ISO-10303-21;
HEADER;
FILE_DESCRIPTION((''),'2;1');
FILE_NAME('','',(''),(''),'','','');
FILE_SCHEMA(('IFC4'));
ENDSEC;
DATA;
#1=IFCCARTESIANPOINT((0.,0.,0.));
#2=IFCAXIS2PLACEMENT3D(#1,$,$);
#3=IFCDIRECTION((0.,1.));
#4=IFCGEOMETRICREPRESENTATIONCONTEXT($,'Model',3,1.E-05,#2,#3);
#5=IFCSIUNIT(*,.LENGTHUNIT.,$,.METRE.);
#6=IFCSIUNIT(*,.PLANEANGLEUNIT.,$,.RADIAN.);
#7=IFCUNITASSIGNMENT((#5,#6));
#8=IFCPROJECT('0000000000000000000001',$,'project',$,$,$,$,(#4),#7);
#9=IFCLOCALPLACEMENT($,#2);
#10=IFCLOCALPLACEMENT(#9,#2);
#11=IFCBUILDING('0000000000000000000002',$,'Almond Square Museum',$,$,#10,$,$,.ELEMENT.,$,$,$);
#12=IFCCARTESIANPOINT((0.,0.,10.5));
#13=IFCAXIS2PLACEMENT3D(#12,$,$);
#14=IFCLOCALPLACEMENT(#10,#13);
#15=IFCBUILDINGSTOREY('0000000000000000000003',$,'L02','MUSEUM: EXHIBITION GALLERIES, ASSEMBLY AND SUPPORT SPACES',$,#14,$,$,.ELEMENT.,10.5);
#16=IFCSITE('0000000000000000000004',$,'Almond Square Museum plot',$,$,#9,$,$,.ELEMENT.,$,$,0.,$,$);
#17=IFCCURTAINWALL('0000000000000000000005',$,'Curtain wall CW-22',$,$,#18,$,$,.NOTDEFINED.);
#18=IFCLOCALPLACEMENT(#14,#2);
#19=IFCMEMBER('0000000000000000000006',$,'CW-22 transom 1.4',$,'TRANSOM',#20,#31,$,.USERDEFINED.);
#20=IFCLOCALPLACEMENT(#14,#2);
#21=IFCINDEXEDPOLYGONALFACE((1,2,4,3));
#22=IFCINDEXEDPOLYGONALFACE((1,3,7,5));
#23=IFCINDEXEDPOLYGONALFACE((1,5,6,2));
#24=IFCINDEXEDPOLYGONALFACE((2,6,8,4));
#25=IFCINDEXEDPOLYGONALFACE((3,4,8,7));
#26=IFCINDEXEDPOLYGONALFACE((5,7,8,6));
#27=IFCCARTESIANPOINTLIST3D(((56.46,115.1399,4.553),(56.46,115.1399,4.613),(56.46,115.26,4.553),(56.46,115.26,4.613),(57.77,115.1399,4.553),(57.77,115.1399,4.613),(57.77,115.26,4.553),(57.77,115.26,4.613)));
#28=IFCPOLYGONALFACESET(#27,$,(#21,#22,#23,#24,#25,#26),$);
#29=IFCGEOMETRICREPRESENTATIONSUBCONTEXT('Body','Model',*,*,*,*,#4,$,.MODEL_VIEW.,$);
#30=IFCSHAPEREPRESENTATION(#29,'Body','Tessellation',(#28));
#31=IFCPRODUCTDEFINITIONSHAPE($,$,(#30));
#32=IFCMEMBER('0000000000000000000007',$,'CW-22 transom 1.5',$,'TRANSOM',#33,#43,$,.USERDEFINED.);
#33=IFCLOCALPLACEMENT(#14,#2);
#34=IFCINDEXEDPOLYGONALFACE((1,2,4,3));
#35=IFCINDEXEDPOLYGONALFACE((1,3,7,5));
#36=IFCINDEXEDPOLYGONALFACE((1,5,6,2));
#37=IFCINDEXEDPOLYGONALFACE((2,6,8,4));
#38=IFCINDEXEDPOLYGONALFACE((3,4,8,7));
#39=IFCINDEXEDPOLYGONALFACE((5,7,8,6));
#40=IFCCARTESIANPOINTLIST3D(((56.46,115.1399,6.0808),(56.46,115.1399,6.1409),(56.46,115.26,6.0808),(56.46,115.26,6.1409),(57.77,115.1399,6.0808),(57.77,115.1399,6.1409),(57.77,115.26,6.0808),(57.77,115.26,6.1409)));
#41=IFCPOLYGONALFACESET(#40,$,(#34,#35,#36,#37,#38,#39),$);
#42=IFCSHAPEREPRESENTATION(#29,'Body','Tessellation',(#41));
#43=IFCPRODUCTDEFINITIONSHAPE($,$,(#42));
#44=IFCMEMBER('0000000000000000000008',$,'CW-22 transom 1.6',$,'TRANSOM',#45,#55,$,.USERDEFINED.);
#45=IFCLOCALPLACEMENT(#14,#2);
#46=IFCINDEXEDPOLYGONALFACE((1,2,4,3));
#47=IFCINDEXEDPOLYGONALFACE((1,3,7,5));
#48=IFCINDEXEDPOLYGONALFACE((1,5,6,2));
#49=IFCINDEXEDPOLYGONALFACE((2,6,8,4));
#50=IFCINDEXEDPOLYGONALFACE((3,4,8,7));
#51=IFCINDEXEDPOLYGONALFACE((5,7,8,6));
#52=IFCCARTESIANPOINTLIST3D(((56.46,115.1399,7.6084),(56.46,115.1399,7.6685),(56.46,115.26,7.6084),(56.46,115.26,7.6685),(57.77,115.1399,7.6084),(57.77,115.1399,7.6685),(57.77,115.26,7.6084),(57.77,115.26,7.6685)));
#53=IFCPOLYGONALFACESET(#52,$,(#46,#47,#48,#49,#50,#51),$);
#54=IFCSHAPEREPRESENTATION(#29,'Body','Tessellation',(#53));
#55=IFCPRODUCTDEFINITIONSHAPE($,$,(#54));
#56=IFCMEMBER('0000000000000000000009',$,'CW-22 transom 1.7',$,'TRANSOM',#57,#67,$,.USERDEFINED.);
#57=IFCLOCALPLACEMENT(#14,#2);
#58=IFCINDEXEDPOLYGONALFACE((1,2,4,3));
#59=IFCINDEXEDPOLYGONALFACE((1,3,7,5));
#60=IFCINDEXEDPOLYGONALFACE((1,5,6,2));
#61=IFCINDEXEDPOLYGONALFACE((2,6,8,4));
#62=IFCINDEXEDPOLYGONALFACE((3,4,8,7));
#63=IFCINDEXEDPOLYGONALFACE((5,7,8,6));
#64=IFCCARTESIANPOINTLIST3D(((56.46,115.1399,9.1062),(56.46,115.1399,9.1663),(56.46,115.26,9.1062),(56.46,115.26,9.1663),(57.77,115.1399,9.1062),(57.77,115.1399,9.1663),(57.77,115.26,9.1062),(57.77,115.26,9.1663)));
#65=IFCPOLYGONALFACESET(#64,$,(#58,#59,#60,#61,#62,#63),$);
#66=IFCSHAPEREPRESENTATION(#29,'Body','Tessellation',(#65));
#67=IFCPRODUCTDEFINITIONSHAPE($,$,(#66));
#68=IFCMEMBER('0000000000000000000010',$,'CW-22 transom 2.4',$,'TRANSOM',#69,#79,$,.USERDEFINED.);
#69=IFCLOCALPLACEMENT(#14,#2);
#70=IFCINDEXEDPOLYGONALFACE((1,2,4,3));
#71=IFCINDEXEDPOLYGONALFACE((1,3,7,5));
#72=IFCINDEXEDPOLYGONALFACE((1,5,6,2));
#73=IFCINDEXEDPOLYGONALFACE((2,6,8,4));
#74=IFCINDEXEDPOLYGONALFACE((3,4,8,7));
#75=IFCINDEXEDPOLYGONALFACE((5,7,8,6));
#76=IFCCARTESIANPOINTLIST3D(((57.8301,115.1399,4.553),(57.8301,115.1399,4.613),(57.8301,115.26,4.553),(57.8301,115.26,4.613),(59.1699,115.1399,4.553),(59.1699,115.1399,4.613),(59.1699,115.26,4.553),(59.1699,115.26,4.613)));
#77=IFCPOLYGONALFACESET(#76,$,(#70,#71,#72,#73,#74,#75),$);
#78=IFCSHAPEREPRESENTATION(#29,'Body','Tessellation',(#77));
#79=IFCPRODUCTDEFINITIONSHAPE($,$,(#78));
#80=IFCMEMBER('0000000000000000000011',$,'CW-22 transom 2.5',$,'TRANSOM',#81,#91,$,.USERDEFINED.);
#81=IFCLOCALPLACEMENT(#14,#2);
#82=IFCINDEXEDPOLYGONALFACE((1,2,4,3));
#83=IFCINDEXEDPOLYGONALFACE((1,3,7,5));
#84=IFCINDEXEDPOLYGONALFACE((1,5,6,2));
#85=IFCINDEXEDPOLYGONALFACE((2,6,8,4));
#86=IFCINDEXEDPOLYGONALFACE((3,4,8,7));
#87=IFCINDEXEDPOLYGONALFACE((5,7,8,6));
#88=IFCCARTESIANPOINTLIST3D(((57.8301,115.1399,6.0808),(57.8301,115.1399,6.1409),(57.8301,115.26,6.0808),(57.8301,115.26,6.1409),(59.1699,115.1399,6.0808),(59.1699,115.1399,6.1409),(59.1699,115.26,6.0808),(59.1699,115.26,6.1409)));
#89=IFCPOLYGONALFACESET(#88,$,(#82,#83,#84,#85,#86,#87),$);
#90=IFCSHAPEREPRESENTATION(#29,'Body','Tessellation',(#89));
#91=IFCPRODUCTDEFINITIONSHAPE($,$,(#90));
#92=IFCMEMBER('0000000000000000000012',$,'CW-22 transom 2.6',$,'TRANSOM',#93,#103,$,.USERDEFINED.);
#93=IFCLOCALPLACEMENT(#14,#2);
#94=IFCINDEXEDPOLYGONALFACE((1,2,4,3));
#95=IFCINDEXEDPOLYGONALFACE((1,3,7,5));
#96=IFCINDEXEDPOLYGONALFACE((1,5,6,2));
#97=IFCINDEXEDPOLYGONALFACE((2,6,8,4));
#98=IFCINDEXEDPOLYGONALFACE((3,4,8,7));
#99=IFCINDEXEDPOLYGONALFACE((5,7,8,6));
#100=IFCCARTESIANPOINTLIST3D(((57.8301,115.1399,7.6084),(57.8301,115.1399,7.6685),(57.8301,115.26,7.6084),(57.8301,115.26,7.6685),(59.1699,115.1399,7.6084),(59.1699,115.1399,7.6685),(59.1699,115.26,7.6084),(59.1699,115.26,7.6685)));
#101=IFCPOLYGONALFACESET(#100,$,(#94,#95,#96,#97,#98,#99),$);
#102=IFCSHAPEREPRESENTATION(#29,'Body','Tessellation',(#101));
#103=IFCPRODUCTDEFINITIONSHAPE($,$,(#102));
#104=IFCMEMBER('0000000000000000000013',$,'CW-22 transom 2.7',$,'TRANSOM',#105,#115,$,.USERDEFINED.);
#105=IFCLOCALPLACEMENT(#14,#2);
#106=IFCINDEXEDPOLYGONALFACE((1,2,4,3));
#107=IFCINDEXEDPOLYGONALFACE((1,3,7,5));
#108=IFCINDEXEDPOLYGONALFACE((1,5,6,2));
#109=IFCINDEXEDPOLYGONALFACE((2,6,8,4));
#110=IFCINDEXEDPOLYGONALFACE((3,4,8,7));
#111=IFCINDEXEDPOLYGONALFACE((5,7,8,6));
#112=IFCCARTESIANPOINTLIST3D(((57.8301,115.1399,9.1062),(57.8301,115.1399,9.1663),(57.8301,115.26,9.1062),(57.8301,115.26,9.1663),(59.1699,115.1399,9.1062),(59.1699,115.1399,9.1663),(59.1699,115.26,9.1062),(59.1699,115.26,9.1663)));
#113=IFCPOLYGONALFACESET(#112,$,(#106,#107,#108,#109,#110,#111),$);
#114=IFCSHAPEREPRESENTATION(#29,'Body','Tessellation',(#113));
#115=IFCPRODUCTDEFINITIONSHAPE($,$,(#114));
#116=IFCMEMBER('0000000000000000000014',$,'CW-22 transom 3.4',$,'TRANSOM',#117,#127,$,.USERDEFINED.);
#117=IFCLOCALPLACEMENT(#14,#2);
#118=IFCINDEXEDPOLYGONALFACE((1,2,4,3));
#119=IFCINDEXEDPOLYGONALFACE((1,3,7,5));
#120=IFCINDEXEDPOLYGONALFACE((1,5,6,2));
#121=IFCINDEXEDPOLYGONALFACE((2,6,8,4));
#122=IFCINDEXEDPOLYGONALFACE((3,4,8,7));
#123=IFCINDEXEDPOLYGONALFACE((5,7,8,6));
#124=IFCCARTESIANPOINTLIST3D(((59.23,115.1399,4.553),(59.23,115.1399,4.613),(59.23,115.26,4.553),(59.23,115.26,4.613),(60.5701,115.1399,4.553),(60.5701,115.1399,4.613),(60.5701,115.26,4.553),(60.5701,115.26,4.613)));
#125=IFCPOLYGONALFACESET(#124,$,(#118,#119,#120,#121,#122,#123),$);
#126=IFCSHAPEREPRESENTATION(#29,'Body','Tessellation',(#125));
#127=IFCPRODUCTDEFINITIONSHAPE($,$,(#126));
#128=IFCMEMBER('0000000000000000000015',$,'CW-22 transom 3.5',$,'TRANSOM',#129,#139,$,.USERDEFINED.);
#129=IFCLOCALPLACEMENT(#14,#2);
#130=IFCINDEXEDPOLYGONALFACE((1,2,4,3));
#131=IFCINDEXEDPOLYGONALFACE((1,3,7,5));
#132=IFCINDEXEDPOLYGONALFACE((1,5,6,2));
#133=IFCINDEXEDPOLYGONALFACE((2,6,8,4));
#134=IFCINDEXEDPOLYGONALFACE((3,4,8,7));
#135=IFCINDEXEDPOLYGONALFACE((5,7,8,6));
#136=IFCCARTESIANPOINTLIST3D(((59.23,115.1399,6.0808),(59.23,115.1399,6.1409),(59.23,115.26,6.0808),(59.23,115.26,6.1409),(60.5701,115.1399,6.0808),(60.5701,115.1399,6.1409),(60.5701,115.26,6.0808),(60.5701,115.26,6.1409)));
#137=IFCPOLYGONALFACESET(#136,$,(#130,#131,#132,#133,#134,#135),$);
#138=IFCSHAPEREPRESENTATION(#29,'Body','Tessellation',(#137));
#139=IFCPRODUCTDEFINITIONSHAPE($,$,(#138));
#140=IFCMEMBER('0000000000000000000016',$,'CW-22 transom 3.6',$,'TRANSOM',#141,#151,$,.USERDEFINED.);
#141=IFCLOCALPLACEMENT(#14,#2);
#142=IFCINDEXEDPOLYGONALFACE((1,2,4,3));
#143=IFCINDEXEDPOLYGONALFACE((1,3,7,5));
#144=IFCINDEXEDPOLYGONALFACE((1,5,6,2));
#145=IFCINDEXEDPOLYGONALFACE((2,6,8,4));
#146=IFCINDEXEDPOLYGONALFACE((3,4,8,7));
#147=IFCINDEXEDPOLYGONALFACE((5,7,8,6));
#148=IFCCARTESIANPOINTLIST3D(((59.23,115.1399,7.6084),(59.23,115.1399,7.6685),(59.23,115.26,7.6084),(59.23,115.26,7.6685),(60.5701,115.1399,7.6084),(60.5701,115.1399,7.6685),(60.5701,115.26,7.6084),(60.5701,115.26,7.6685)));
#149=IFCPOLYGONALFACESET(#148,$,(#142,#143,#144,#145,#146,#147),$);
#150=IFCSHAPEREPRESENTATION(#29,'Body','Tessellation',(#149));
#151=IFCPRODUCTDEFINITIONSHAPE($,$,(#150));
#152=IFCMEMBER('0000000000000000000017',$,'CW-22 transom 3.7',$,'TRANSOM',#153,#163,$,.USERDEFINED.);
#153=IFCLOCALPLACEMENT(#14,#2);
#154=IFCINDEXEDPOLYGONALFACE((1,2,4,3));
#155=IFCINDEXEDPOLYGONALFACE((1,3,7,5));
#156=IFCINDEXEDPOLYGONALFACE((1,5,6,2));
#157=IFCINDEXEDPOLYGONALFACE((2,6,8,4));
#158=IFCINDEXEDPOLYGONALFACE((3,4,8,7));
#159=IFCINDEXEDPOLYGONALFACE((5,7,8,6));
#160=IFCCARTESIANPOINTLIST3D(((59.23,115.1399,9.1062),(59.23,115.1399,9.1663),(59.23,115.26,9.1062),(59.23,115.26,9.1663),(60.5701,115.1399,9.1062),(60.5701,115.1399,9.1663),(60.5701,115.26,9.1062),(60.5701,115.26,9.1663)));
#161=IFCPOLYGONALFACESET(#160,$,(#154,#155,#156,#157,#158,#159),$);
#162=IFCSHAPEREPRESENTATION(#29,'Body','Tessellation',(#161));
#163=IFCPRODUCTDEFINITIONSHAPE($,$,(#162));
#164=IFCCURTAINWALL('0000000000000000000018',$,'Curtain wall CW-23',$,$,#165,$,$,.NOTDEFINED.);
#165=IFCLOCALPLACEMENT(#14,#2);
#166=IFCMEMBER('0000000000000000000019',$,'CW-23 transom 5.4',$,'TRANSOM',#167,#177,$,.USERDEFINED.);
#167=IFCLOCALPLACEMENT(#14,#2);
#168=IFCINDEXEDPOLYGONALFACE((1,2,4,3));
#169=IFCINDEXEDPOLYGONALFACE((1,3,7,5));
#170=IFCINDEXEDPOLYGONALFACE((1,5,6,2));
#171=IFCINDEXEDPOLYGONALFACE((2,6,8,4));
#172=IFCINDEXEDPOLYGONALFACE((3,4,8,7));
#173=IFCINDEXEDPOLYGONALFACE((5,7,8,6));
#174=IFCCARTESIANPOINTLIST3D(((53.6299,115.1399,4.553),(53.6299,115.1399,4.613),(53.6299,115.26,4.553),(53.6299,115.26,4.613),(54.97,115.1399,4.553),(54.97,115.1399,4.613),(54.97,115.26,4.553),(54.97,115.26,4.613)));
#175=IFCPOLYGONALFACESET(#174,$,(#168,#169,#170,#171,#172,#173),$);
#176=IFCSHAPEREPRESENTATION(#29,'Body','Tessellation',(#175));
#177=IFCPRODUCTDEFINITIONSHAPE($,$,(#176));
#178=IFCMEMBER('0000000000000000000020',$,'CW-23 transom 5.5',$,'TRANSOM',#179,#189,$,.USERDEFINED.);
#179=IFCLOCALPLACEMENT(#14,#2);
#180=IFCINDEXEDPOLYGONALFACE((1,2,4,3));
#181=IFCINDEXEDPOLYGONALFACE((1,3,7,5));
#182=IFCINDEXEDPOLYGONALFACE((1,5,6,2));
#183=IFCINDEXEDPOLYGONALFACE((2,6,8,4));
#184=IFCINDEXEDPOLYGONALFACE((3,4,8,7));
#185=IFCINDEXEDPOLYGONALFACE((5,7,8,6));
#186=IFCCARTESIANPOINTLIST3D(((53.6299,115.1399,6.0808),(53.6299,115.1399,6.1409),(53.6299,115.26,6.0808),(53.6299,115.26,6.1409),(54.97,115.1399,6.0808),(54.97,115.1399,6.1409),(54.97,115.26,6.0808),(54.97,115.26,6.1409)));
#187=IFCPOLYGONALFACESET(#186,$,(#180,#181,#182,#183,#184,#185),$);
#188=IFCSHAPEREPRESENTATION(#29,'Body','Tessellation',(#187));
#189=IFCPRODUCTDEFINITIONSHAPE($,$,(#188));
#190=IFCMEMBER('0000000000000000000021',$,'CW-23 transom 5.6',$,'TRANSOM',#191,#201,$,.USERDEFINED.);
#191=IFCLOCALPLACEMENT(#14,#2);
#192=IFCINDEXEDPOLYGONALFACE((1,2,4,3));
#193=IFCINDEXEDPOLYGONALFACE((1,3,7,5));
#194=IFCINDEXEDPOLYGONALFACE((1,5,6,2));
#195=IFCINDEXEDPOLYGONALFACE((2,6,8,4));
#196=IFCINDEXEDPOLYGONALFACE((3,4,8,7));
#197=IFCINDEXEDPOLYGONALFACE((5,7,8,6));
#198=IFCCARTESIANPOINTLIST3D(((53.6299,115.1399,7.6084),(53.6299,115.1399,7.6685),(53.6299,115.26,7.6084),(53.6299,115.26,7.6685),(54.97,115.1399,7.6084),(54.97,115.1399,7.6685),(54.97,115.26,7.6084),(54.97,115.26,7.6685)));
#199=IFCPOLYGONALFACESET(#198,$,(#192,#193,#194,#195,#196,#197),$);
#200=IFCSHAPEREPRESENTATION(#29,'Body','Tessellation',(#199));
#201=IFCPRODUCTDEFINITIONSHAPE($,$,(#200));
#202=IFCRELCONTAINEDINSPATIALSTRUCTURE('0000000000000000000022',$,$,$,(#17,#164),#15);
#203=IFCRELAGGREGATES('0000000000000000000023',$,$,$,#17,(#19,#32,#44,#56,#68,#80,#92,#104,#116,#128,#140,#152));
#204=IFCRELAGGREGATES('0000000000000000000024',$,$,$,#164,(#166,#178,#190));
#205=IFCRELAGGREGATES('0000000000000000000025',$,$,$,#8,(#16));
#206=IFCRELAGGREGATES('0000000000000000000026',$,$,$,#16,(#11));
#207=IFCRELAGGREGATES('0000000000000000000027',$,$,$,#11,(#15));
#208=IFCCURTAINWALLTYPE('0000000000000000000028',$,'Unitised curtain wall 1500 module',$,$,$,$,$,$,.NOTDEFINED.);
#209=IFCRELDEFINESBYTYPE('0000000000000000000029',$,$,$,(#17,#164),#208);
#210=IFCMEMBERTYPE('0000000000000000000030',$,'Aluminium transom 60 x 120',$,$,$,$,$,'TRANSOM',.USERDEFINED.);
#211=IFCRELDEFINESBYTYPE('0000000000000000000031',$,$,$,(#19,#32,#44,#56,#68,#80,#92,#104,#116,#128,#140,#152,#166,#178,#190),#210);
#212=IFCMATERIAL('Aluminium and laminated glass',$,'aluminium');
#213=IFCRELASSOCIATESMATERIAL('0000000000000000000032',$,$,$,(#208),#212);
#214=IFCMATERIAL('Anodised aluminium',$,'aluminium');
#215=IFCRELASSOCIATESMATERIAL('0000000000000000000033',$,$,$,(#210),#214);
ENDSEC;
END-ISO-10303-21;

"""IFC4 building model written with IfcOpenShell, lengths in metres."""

from ifc_helpers import new_model, si_unit, direction, frame, origin, origin_2d, place, context, subcontext, project, spatial, rectangle, extrude, material, material_profile, profile_set, type_object, element, aggregate, save


model = new_model("IFC4")

# Units and contexts
model_context = context("Model", 3, precision=1e-05, world=origin(), true_north=direction((0.0, 1.0)))
body_context = subcontext(model_context, "Body", "Model", "MODEL_VIEW")
ifc_project = project(units=[si_unit("LENGTHUNIT", "METRE"), si_unit("PLANEANGLEUNIT", "RADIAN")], contexts=[model_context])

# Site, building, storey
site_placement = place(None, origin())
site = spatial("IfcSite", under=ifc_project, at=site_placement, Name="Almond Square Museum plot", CompositionType="ELEMENT", RefElevation=0.0)
building_placement = place(site_placement, origin())
building = spatial("IfcBuilding", under=site, at=building_placement, Name="Almond Square Museum", CompositionType="ELEMENT")
storey_placement = place(building_placement, frame((0.0, 0.0, 10.5)))
storey = spatial("IfcBuildingStorey", under=building, at=storey_placement, Name="L02", Description="MUSEUM: EXHIBITION GALLERIES, ASSEMBLY AND SUPPORT SPACES", CompositionType="ELEMENT", Elevation=10.5)

# Curtain walls, members
ifc_material_1 = material(Name="Aluminium and laminated glass", Category="aluminium")
curtain_wall_type = type_object("IfcCurtainWallType", Name="Unitised curtain wall 1500 module", PredefinedType="NOTDEFINED", material=ifc_material_1)
curtain_wall_1_placement = place(storey_placement, origin())
curtain_wall_1 = element("IfcCurtainWall", 1, at=curtain_wall_1_placement, inside=storey, type_object=curtain_wall_type, Name="Curtain wall CW-22", PredefinedType="NOTDEFINED")
ifc_material_2 = material(Name="Anodised aluminium", Category="aluminium")
ifc_material_profile = material_profile(ifc_material_2, rectangle(XDim=0.1201, YDim=0.0601, at=origin_2d()))
ifc_profile_set = profile_set([ifc_material_profile], Name="Anodised aluminium")
member_type = type_object("IfcMemberType", Name="Aluminium transom 60 x 120", ElementType="TRANSOM", PredefinedType="USERDEFINED", material=ifc_profile_set)
member_1_placement = place(storey_placement, frame((56.46, 115.2, 4.583), z_axis=(1.0, 0.0, 0.0), x_axis=(0.0, 1.0, 0.0)))
member_1 = element("IfcMember", 2, at=member_1_placement, type_object=member_type, Name="CW-22 transom 1.4", ObjectType="TRANSOM", PredefinedType="USERDEFINED", context=body_context, shape_type="SweptSolid", body=[
    extrude(rectangle(XDim=0.1201, YDim=0.0601, at=origin_2d()), origin(), (0.0, 0.0, 1.0), 1.3101),
])
member_2_placement = place(storey_placement, frame((56.46, 115.2, 6.1108), z_axis=(1.0, 0.0, 0.0), x_axis=(0.0, 1.0, 0.0)))
member_2 = element("IfcMember", 3, at=member_2_placement, type_object=member_type, Name="CW-22 transom 1.5", ObjectType="TRANSOM", PredefinedType="USERDEFINED", context=body_context, shape_type="SweptSolid", body=[
    extrude(rectangle(XDim=0.1201, YDim=0.0601, at=origin_2d()), origin(), (0.0, 0.0, 1.0), 1.3101),
])
member_3_placement = place(storey_placement, frame((56.46, 115.2, 7.6384), z_axis=(1.0, 0.0, 0.0), x_axis=(0.0, 1.0, 0.0)))
member_3 = element("IfcMember", 4, at=member_3_placement, type_object=member_type, Name="CW-22 transom 1.6", ObjectType="TRANSOM", PredefinedType="USERDEFINED", context=body_context, shape_type="SweptSolid", body=[
    extrude(rectangle(XDim=0.1201, YDim=0.0601, at=origin_2d()), origin(), (0.0, 0.0, 1.0), 1.3101),
])
member_4_placement = place(storey_placement, frame((56.46, 115.2, 9.1362), z_axis=(1.0, 0.0, 0.0), x_axis=(0.0, 1.0, 0.0)))
member_4 = element("IfcMember", 5, at=member_4_placement, type_object=member_type, Name="CW-22 transom 1.7", ObjectType="TRANSOM", PredefinedType="USERDEFINED", context=body_context, shape_type="SweptSolid", body=[
    extrude(rectangle(XDim=0.1201, YDim=0.0601, at=origin_2d()), origin(), (0.0, 0.0, 1.0), 1.3101),
])
member_5_placement = place(storey_placement, frame((57.8301, 115.2, 4.583), z_axis=(1.0, 0.0, 0.0), x_axis=(0.0, 1.0, 0.0)))
member_5 = element("IfcMember", 6, at=member_5_placement, type_object=member_type, Name="CW-22 transom 2.4", ObjectType="TRANSOM", PredefinedType="USERDEFINED", context=body_context, shape_type="SweptSolid", body=[
    extrude(rectangle(XDim=0.1201, YDim=0.0601, at=origin_2d()), origin(), (0.0, 0.0, 1.0), 1.3398),
])
member_6_placement = place(storey_placement, frame((57.8301, 115.2, 6.1108), z_axis=(1.0, 0.0, 0.0), x_axis=(0.0, 1.0, 0.0)))
member_6 = element("IfcMember", 7, at=member_6_placement, type_object=member_type, Name="CW-22 transom 2.5", ObjectType="TRANSOM", PredefinedType="USERDEFINED", context=body_context, shape_type="SweptSolid", body=[
    extrude(rectangle(XDim=0.1201, YDim=0.0601, at=origin_2d()), origin(), (0.0, 0.0, 1.0), 1.3398),
])
member_7_placement = place(storey_placement, frame((57.8301, 115.2, 7.6384), z_axis=(1.0, 0.0, 0.0), x_axis=(0.0, 1.0, 0.0)))
member_7 = element("IfcMember", 8, at=member_7_placement, type_object=member_type, Name="CW-22 transom 2.6", ObjectType="TRANSOM", PredefinedType="USERDEFINED", context=body_context, shape_type="SweptSolid", body=[
    extrude(rectangle(XDim=0.1201, YDim=0.0601, at=origin_2d()), origin(), (0.0, 0.0, 1.0), 1.3398),
])
member_8_placement = place(storey_placement, frame((57.8301, 115.2, 9.1362), z_axis=(1.0, 0.0, 0.0), x_axis=(0.0, 1.0, 0.0)))
member_8 = element("IfcMember", 9, at=member_8_placement, type_object=member_type, Name="CW-22 transom 2.7", ObjectType="TRANSOM", PredefinedType="USERDEFINED", context=body_context, shape_type="SweptSolid", body=[
    extrude(rectangle(XDim=0.1201, YDim=0.0601, at=origin_2d()), origin(), (0.0, 0.0, 1.0), 1.3398),
])
member_9_placement = place(storey_placement, frame((59.23, 115.2, 4.583), z_axis=(1.0, 0.0, 0.0), x_axis=(0.0, 1.0, 0.0)))
member_9 = element("IfcMember", 10, at=member_9_placement, type_object=member_type, Name="CW-22 transom 3.4", ObjectType="TRANSOM", PredefinedType="USERDEFINED", context=body_context, shape_type="SweptSolid", body=[
    extrude(rectangle(XDim=0.1201, YDim=0.0601, at=origin_2d()), origin(), (0.0, 0.0, 1.0), 1.3401),
])
member_10_placement = place(storey_placement, frame((59.23, 115.2, 6.1108), z_axis=(1.0, 0.0, 0.0), x_axis=(0.0, 1.0, 0.0)))
member_10 = element("IfcMember", 11, at=member_10_placement, type_object=member_type, Name="CW-22 transom 3.5", ObjectType="TRANSOM", PredefinedType="USERDEFINED", context=body_context, shape_type="SweptSolid", body=[
    extrude(rectangle(XDim=0.1201, YDim=0.0601, at=origin_2d()), origin(), (0.0, 0.0, 1.0), 1.3401),
])
member_11_placement = place(storey_placement, frame((59.23, 115.2, 7.6384), z_axis=(1.0, 0.0, 0.0), x_axis=(0.0, 1.0, 0.0)))
member_11 = element("IfcMember", 12, at=member_11_placement, type_object=member_type, Name="CW-22 transom 3.6", ObjectType="TRANSOM", PredefinedType="USERDEFINED", context=body_context, shape_type="SweptSolid", body=[
    extrude(rectangle(XDim=0.1201, YDim=0.0601, at=origin_2d()), origin(), (0.0, 0.0, 1.0), 1.3401),
])
member_12_placement = place(storey_placement, frame((59.23, 115.2, 9.1362), z_axis=(1.0, 0.0, 0.0), x_axis=(0.0, 1.0, 0.0)))
member_12 = element("IfcMember", 13, at=member_12_placement, type_object=member_type, Name="CW-22 transom 3.7", ObjectType="TRANSOM", PredefinedType="USERDEFINED", context=body_context, shape_type="SweptSolid", body=[
    extrude(rectangle(XDim=0.1201, YDim=0.0601, at=origin_2d()), origin(), (0.0, 0.0, 1.0), 1.3401),
])
curtain_wall_2_placement = place(storey_placement, origin())
curtain_wall_2 = element("IfcCurtainWall", 14, at=curtain_wall_2_placement, inside=storey, type_object=curtain_wall_type, Name="Curtain wall CW-23", PredefinedType="NOTDEFINED")
member_13_placement = place(storey_placement, frame((53.6299, 115.2, 4.583), z_axis=(1.0, 0.0, 0.0), x_axis=(0.0, 1.0, 0.0)))
member_13 = element("IfcMember", 15, at=member_13_placement, type_object=member_type, Name="CW-23 transom 5.4", ObjectType="TRANSOM", PredefinedType="USERDEFINED", context=body_context, shape_type="SweptSolid", body=[
    extrude(rectangle(XDim=0.1201, YDim=0.0601, at=origin_2d()), origin(), (0.0, 0.0, 1.0), 1.3401),
])
member_14_placement = place(storey_placement, frame((53.6299, 115.2, 6.1108), z_axis=(1.0, 0.0, 0.0), x_axis=(0.0, 1.0, 0.0)))
member_14 = element("IfcMember", 16, at=member_14_placement, type_object=member_type, Name="CW-23 transom 5.5", ObjectType="TRANSOM", PredefinedType="USERDEFINED", context=body_context, shape_type="SweptSolid", body=[
    extrude(rectangle(XDim=0.1201, YDim=0.0601, at=origin_2d()), origin(), (0.0, 0.0, 1.0), 1.3401),
])
member_15_placement = place(storey_placement, frame((53.6299, 115.2, 7.6384), z_axis=(1.0, 0.0, 0.0), x_axis=(0.0, 1.0, 0.0)))
member_15 = element("IfcMember", 17, at=member_15_placement, type_object=member_type, Name="CW-23 transom 5.6", ObjectType="TRANSOM", PredefinedType="USERDEFINED", context=body_context, shape_type="SweptSolid", body=[
    extrude(rectangle(XDim=0.1201, YDim=0.0601, at=origin_2d()), origin(), (0.0, 0.0, 1.0), 1.3401),
])

aggregate(curtain_wall_1, [member_1, member_2, member_3, member_4, member_5, member_6, member_7, member_8, member_9, member_10, member_11, member_12])
aggregate(curtain_wall_2, [member_13, member_14, member_15])

save(model, "model.ifc")
